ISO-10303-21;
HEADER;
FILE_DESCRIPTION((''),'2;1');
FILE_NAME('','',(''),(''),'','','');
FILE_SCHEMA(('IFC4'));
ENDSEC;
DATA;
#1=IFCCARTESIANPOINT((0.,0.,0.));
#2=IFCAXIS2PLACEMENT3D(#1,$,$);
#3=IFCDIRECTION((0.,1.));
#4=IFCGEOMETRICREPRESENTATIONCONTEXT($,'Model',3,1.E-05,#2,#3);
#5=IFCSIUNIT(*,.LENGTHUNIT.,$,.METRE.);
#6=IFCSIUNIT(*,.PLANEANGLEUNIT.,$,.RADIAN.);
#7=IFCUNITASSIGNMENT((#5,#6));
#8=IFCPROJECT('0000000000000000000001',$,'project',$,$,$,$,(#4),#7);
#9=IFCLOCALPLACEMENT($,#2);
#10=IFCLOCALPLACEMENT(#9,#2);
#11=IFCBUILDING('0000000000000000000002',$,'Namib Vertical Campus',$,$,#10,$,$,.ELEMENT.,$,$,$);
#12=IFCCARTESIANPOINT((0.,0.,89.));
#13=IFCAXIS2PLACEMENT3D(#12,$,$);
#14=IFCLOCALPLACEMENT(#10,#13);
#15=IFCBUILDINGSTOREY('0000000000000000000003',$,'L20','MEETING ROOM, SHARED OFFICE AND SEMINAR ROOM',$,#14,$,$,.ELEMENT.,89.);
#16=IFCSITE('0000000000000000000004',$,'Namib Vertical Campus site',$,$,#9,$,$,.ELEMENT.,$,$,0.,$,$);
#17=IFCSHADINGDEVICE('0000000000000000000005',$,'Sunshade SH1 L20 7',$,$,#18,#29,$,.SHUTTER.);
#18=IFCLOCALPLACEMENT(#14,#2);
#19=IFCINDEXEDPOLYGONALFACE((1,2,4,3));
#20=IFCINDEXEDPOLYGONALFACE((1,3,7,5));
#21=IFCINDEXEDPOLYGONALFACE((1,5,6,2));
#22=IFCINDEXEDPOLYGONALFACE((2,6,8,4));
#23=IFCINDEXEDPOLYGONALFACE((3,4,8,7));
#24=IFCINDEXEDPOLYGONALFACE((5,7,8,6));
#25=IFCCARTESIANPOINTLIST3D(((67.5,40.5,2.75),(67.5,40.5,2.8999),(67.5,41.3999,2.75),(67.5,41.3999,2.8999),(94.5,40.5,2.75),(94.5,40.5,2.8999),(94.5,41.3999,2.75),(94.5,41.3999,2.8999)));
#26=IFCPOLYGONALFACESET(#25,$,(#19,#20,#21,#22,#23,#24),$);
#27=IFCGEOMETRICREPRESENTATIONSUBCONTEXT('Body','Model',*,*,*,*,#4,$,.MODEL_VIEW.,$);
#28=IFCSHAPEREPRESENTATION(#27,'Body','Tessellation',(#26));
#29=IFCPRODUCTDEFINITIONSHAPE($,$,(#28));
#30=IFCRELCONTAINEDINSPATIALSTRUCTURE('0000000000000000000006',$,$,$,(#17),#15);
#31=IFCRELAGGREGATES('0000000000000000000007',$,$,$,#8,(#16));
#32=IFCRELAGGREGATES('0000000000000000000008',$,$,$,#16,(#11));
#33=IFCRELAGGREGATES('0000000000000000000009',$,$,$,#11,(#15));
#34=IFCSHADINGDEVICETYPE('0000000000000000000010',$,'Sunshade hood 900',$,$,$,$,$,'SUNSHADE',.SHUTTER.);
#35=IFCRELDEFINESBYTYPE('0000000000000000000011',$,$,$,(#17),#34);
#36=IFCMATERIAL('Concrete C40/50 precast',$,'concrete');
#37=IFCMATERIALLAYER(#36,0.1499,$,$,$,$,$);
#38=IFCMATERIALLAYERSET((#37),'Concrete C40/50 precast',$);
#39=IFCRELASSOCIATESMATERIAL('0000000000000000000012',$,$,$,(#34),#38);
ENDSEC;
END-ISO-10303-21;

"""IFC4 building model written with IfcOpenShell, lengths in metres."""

from ifc_helpers import new_model, si_unit, direction, frame, origin, origin_2d, place, context, subcontext, project, spatial, rectangle, extrude, material, layer, layer_set, type_object, element, save


model = new_model("IFC4")

# Units and contexts
model_context = context("Model", 3, precision=1e-05, world=origin(), true_north=direction((0.0, 1.0)))
body_context = subcontext(model_context, "Body", "Model", "MODEL_VIEW")
ifc_project = project(units=[si_unit("LENGTHUNIT", "METRE"), si_unit("PLANEANGLEUNIT", "RADIAN")], contexts=[model_context])

# Site, building, storey
site_placement = place(None, origin())
site = spatial("IfcSite", under=ifc_project, at=site_placement, Name="Namib Vertical Campus site", CompositionType="ELEMENT", RefElevation=0.0)
building_placement = place(site_placement, origin())
building = spatial("IfcBuilding", under=site, at=building_placement, Name="Namib Vertical Campus", CompositionType="ELEMENT")
storey_placement = place(building_placement, frame((0.0, 0.0, 89.0)))
storey = spatial("IfcBuildingStorey", under=building, at=storey_placement, Name="L20", Description="MEETING ROOM, SHARED OFFICE AND SEMINAR ROOM", CompositionType="ELEMENT", Elevation=89.0)

# Shading device
ifc_material_1 = material(Name="Concrete C40/50 precast", Category="concrete")
ifc_layer_1 = layer(ifc_material_1, 0.1499)
ifc_layer_set_1 = layer_set([ifc_layer_1], Name="Concrete C40/50 precast")
shading_device_type = type_object("IfcShadingDeviceType", Name="Sunshade hood 900", ElementType="SUNSHADE", PredefinedType="SHUTTER", material=ifc_layer_set_1)
shading_device_placement = place(storey_placement, frame((81.0, 40.95, 2.75), z_axis=(0.0, 0.0, 1.0), x_axis=(-1.0, 0.0, 0.0)))
element("IfcShadingDevice", 1, at=shading_device_placement, inside=storey, type_object=shading_device_type, Name="Sunshade SH1 L20 7", PredefinedType="SHUTTER", context=body_context, shape_type="SweptSolid", body=[
    extrude(rectangle(XDim=27.0, YDim=0.8999, at=origin_2d()), origin(), (0.0, 0.0, 1.0), 0.1499),
])

save(model, "model.ifc")
